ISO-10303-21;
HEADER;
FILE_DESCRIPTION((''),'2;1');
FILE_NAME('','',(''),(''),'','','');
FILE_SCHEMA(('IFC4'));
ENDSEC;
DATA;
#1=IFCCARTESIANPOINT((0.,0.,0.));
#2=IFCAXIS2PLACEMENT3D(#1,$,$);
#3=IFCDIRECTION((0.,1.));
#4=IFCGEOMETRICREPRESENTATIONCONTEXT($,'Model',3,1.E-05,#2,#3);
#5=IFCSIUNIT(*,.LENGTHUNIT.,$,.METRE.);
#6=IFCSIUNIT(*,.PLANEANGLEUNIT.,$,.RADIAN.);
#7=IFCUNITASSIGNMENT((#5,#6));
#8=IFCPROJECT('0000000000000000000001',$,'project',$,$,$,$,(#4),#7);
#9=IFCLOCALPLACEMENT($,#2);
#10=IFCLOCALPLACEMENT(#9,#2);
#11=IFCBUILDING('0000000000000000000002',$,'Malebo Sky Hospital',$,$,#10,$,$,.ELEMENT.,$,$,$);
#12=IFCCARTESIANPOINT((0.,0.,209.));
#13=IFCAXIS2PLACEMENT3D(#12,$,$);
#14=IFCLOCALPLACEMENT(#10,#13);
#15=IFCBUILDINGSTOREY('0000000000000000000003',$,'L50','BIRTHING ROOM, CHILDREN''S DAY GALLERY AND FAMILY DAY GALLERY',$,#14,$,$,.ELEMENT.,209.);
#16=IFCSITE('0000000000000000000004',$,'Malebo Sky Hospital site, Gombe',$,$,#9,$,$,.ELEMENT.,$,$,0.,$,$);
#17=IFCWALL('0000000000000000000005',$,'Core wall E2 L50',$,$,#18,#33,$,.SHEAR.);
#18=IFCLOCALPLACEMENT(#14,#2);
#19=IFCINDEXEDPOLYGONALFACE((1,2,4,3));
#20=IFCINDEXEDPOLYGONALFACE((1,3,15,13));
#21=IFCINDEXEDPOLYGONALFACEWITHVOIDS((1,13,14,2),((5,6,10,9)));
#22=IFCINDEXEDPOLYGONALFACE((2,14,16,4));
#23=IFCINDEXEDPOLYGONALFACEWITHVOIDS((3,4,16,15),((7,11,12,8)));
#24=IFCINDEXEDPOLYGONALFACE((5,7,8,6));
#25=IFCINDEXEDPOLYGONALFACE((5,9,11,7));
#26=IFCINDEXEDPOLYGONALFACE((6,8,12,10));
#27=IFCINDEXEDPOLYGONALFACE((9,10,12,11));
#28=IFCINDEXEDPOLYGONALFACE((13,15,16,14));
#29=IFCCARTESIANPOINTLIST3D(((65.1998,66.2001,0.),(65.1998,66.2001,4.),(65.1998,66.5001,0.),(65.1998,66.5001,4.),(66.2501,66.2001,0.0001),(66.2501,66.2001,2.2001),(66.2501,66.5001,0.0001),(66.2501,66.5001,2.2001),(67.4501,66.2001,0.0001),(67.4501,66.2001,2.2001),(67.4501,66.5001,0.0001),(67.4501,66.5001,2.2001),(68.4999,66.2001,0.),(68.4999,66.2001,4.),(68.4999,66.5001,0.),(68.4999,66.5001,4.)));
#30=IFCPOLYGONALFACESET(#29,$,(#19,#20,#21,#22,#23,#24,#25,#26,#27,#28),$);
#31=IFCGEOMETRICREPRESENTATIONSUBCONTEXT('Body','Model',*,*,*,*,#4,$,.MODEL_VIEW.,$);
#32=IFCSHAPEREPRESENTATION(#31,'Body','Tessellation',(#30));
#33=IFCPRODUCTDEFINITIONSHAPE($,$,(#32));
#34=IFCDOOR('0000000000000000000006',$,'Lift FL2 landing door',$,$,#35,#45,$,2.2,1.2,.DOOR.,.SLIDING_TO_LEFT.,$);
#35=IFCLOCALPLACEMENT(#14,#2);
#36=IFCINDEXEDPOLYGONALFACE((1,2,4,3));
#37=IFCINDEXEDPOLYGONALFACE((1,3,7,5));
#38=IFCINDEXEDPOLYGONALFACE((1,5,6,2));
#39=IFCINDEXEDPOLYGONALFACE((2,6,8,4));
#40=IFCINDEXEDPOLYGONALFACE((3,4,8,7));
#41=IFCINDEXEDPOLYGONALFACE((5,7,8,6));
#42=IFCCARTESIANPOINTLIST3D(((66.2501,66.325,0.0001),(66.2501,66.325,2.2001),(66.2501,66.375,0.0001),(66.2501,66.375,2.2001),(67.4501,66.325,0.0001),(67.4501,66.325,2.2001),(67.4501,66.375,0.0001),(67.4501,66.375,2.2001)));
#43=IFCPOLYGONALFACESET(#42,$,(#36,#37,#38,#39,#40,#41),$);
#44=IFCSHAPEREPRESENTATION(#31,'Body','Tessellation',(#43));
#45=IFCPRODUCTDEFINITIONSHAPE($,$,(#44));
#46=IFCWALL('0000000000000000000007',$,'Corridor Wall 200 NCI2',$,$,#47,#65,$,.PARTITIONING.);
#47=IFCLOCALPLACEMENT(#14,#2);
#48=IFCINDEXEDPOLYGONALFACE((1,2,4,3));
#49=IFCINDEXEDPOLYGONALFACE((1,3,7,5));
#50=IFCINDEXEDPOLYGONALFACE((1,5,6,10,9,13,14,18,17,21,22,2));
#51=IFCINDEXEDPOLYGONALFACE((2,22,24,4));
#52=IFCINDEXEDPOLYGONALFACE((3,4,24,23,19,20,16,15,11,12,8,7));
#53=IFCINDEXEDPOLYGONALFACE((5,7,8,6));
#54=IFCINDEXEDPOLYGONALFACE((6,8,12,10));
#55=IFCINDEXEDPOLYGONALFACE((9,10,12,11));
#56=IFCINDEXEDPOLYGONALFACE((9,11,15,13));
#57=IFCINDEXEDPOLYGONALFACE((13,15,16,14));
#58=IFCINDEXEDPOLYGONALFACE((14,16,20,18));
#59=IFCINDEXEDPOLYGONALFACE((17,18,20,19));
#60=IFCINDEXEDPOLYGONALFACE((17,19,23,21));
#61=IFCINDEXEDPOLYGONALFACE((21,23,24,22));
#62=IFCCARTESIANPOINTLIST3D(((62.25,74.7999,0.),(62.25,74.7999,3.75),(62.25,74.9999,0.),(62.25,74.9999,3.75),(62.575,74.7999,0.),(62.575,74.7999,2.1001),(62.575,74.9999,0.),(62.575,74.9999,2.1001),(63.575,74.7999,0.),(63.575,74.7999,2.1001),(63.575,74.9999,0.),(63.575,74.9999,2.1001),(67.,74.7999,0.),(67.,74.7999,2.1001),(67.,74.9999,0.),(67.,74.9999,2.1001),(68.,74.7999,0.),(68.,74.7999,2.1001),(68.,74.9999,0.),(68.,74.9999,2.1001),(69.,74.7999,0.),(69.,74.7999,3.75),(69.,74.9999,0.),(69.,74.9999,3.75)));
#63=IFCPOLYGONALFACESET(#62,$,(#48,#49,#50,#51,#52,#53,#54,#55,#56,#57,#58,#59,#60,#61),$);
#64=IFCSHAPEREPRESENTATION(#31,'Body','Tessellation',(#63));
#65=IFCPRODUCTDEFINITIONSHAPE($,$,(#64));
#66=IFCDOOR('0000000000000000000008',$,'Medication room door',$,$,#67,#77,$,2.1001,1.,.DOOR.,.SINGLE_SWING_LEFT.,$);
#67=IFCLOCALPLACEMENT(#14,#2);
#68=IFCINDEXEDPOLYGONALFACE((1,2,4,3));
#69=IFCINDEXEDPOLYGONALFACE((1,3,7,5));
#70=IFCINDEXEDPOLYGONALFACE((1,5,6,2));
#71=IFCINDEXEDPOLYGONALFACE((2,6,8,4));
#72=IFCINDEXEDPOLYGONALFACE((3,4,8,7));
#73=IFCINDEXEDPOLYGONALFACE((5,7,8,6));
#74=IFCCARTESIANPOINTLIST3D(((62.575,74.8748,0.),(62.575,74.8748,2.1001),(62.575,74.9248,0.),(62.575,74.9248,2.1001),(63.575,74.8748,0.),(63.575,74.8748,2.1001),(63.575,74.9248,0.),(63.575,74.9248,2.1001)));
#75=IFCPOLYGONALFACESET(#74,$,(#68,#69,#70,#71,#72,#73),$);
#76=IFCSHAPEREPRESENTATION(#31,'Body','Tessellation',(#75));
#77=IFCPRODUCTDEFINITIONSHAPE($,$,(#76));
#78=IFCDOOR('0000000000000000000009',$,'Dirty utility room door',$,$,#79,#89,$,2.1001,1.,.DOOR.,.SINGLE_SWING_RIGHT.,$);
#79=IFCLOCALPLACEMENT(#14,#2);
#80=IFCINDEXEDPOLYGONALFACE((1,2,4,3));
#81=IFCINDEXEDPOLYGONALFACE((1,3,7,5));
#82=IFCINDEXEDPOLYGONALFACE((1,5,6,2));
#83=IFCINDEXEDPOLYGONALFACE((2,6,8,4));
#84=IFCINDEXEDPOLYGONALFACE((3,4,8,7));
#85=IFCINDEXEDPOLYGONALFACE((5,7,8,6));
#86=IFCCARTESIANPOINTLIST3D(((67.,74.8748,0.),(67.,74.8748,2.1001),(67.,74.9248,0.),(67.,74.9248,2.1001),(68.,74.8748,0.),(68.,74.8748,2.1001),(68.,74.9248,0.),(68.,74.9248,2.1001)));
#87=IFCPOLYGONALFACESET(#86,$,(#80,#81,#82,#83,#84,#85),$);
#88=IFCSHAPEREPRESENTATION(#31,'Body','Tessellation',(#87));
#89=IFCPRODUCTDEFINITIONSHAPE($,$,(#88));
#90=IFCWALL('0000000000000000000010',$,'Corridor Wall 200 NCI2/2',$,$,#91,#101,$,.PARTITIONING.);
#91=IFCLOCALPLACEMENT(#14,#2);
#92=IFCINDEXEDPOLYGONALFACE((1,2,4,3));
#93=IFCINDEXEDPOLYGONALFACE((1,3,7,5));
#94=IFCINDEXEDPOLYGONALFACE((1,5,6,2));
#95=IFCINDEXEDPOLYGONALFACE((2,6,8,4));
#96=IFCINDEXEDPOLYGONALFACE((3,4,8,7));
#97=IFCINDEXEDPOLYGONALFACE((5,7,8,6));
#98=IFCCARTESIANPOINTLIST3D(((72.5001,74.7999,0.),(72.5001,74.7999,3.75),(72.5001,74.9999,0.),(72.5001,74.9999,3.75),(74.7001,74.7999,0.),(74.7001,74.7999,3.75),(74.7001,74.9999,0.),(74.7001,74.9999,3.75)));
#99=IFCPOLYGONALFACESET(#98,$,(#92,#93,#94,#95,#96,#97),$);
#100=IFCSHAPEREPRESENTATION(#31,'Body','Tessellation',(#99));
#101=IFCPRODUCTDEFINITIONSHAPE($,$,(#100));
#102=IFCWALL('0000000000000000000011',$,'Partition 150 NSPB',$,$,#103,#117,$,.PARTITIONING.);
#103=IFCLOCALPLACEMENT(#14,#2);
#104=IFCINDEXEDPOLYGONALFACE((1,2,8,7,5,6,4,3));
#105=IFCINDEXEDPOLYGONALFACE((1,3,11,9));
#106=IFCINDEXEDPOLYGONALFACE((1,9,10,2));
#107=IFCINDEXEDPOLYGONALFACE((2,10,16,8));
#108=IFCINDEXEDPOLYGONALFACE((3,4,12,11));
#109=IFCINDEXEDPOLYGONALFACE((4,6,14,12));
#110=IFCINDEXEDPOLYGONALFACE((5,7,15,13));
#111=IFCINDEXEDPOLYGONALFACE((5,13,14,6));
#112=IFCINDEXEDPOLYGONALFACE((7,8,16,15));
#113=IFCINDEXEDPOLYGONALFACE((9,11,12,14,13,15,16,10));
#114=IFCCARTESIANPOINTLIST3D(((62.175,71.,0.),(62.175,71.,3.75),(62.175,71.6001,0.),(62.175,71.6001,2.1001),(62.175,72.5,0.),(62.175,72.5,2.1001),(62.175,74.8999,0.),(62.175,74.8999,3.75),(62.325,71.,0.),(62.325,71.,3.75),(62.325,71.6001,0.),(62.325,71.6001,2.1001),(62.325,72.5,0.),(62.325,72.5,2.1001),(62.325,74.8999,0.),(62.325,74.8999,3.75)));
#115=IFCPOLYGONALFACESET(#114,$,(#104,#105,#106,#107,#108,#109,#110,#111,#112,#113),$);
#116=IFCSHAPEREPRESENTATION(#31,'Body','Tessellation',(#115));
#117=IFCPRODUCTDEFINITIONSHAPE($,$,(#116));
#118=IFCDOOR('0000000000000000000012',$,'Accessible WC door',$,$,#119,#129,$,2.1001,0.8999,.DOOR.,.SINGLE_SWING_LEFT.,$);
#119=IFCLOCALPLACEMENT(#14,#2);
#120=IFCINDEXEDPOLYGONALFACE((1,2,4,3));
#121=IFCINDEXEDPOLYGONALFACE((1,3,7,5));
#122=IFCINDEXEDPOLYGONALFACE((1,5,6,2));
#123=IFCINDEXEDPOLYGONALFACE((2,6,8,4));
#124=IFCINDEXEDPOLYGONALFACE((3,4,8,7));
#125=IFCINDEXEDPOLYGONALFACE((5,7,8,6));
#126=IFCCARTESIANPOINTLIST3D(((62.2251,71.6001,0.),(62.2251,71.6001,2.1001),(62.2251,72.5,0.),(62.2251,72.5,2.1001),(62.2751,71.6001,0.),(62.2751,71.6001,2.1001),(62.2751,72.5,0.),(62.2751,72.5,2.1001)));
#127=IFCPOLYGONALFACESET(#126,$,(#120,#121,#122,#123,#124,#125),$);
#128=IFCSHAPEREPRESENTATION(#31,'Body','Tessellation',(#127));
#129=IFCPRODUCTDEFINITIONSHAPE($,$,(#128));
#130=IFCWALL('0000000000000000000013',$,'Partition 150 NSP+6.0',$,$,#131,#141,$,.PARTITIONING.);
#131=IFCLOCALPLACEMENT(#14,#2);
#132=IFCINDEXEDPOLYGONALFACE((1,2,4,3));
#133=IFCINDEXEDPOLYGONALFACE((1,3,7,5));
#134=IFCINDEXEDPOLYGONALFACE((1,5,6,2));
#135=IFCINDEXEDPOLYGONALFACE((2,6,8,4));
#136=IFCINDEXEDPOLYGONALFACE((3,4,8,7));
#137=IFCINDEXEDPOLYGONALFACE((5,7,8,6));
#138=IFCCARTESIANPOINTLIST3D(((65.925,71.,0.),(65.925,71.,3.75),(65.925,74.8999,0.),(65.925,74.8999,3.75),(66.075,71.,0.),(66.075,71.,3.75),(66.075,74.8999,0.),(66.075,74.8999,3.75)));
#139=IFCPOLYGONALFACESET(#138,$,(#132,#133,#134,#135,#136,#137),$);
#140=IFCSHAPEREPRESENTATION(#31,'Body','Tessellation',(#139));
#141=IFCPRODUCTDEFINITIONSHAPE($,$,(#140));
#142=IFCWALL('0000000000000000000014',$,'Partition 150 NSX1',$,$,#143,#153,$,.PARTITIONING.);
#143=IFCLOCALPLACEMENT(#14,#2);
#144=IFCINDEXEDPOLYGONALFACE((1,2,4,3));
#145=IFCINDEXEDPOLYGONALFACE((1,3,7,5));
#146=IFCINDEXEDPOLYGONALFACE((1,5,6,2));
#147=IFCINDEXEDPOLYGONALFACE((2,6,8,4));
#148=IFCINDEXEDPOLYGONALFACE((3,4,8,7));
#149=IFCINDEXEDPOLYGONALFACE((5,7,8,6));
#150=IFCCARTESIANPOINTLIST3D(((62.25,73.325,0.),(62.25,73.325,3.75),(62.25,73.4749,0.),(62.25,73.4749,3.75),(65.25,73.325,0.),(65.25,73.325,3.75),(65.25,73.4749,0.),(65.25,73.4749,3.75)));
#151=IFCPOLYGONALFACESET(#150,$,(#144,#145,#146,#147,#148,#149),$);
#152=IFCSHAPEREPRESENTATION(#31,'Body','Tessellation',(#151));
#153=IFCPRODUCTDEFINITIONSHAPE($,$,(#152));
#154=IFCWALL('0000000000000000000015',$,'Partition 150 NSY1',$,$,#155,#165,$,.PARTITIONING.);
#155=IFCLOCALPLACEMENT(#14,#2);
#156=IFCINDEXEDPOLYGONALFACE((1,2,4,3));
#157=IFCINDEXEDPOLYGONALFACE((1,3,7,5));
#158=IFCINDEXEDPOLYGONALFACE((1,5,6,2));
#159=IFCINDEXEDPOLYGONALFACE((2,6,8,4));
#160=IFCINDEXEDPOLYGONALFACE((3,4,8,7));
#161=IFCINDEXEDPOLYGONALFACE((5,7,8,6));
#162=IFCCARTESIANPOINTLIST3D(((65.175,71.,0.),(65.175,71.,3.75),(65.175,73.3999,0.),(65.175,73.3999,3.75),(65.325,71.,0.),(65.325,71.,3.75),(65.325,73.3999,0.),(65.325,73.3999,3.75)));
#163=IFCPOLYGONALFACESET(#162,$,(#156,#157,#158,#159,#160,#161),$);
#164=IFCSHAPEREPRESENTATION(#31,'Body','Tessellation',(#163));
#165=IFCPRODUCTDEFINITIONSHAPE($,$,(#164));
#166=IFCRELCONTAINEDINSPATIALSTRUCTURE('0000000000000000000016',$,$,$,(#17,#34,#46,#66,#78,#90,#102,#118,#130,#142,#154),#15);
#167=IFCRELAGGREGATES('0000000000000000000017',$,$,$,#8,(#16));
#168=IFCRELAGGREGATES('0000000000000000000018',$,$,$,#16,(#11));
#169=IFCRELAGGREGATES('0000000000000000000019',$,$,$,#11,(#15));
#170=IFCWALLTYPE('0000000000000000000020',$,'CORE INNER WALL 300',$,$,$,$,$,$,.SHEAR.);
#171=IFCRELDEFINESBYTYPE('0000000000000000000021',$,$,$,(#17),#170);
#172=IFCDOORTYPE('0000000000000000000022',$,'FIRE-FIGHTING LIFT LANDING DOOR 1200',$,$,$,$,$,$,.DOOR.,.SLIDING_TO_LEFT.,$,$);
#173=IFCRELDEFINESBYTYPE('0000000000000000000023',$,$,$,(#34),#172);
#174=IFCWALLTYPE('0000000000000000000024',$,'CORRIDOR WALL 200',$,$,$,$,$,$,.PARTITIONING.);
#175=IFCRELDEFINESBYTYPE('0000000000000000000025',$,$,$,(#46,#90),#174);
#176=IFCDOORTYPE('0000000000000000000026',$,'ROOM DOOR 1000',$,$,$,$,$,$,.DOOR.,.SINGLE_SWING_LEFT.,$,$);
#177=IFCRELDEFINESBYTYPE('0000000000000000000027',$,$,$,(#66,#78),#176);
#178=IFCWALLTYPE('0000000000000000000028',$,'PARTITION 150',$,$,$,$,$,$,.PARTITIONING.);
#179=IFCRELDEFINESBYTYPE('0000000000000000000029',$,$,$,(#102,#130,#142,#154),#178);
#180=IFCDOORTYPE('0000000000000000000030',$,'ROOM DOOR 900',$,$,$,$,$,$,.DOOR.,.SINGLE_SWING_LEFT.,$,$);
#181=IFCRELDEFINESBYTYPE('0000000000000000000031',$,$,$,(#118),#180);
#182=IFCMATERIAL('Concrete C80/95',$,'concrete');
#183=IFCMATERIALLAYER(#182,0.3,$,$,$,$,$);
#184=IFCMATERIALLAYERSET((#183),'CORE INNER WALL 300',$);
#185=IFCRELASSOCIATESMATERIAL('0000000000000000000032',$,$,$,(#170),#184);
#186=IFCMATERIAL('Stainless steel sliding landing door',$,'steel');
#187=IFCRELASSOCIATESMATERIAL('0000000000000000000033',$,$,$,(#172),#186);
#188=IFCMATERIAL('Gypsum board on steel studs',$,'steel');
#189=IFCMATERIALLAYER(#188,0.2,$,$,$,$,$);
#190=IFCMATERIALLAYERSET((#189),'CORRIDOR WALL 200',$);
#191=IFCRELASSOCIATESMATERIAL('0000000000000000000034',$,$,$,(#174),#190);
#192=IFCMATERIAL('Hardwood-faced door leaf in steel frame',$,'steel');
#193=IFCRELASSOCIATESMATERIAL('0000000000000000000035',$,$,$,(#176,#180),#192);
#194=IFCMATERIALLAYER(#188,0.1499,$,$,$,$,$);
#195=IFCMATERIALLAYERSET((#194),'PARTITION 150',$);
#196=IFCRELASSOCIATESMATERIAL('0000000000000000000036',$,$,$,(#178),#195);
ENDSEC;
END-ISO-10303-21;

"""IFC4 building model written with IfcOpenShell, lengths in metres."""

from ifc_helpers import new_model, si_unit, direction, frame, frame_2d, origin, place, context, subcontext, project, spatial, rectangle, extrude, material, layer, layer_set, type_object, element, fill, save


model = new_model("IFC4")

# Units and contexts
model_context = context("Model", 3, precision=1e-05, world=origin(), true_north=direction((0.0, 1.0)))
body_context = subcontext(model_context, "Body", "Model", "MODEL_VIEW")
ifc_project = project(units=[si_unit("LENGTHUNIT", "METRE"), si_unit("PLANEANGLEUNIT", "RADIAN")], contexts=[model_context])

# Site, building, storey
site_placement = place(None, origin())
site = spatial("IfcSite", under=ifc_project, at=site_placement, Name="Malebo Sky Hospital site, Gombe", CompositionType="ELEMENT", RefElevation=0.0)
building_placement = place(site_placement, origin())
building = spatial("IfcBuilding", under=site, at=building_placement, Name="Malebo Sky Hospital", CompositionType="ELEMENT")
storey_placement = place(building_placement, frame((0.0, 0.0, 209.0)))
storey = spatial("IfcBuildingStorey", under=building, at=storey_placement, Name="L50", Description="BIRTHING ROOM, CHILDREN'S DAY GALLERY AND FAMILY DAY GALLERY", CompositionType="ELEMENT", Elevation=209.0)

# Shared definitions
ifc_material_1 = material(Name="Concrete C80/95", Category="concrete")

# Wall, opening, door
ifc_layer_1 = layer(ifc_material_1, 0.3)
ifc_layer_set_1 = layer_set([ifc_layer_1], Name="CORE INNER WALL 300")
wall_type_1 = type_object("IfcWallType", Name="CORE INNER WALL 300", PredefinedType="SHEAR", material=ifc_layer_set_1)
ifc_material_2 = material(Name="Hardwood-faced door leaf in steel frame", Category="steel")
wall_1_placement = place(storey_placement, frame((65.2, 66.3501, 0.0), z_axis=(0.0, 0.0, 1.0), x_axis=(1.0, 0.0, 0.0)))
wall_1 = element("IfcWall", 1, at=wall_1_placement, inside=storey, type_object=wall_type_1, Name="Core wall E2 L50", PredefinedType="SHEAR", context=body_context, shape_type="SweptSolid", body=[
    extrude(rectangle(XDim=3.3, YDim=0.3, at=frame_2d((1.6499, 0.0))), origin(), (0.0, 0.0, 1.0), 4.0),
])
opening_1_placement = place(wall_1_placement, frame((1.05, 0.0, 0.0)))
opening_1 = element("IfcOpeningElement", 2, at=opening_1_placement, cuts=wall_1, PredefinedType="OPENING", context=body_context, shape_type="SweptSolid", body=[
    extrude(rectangle(XDim=1.2, YDim=2.2, at=frame_2d((0.6001, 1.1001))), frame((0.0, 0.1599, 0.0), z_axis=(0.0, -1.0, 0.0), x_axis=(1.0, 0.0, 0.0)), (0.0, 0.0, 1.0), 0.3201),
])
ifc_material_3 = material(Name="Stainless steel sliding landing door", Category="steel")
door_type_1 = type_object("IfcDoorType", Name="FIRE-FIGHTING LIFT LANDING DOOR 1200", OperationType="SLIDING_TO_LEFT", PredefinedType="DOOR", material=ifc_material_3)
door_1_placement = place(opening_1_placement, origin())
door_1 = element("IfcDoor", 3, at=door_1_placement, inside=storey, type_object=door_type_1, Name="Lift FL2 landing door", OperationType="SLIDING_TO_LEFT", OverallHeight=2.2, OverallWidth=1.2, PredefinedType="DOOR", context=body_context, shape_type="SweptSolid", body=[
    extrude(rectangle(XDim=1.2, YDim=2.2, at=frame_2d((0.6001, 1.1001))), frame((0.0, 0.0249, 0.0), z_axis=(0.0, -1.0, 0.0), x_axis=(1.0, 0.0, 0.0)), (0.0, 0.0, 1.0), 0.05),
])
fill(opening_1, door_1)

# Wall, openings, doors
ifc_material_4 = material(Name="Gypsum board on steel studs", Category="steel")
ifc_layer_2 = layer(ifc_material_4, 0.2)
ifc_layer_set_2 = layer_set([ifc_layer_2], Name="CORRIDOR WALL 200")
wall_type_2 = type_object("IfcWallType", Name="CORRIDOR WALL 200", PredefinedType="PARTITIONING", material=ifc_layer_set_2)
wall_2_placement = place(storey_placement, frame((62.25, 74.8999, 0.0), z_axis=(0.0, 0.0, 1.0), x_axis=(1.0, 0.0, 0.0)))
wall_2 = element("IfcWall", 4, at=wall_2_placement, inside=storey, type_object=wall_type_2, Name="Corridor Wall 200 NCI2", PredefinedType="PARTITIONING", context=body_context, shape_type="SweptSolid", body=[
    extrude(rectangle(XDim=6.75, YDim=0.2, at=frame_2d((3.375, 0.0))), origin(), (0.0, 0.0, 1.0), 3.75),
])
opening_2_placement = place(wall_2_placement, frame((0.325, 0.0, 0.0)))
opening_2 = element("IfcOpeningElement", 5, at=opening_2_placement, cuts=wall_2, PredefinedType="OPENING", context=body_context, shape_type="SweptSolid", body=[
    extrude(rectangle(XDim=1.0, YDim=2.1001, at=frame_2d((0.5, 1.05))), frame((0.0, 0.1099, 0.0), z_axis=(0.0, -1.0, 0.0), x_axis=(1.0, 0.0, 0.0)), (0.0, 0.0, 1.0), 0.22),
])
opening_3_placement = place(wall_2_placement, frame((4.75, 0.0, 0.0)))
opening_3 = element("IfcOpeningElement", 6, at=opening_3_placement, cuts=wall_2, PredefinedType="OPENING", context=body_context, shape_type="SweptSolid", body=[
    extrude(rectangle(XDim=1.0, YDim=2.1001, at=frame_2d((0.5, 1.05))), frame((0.0, 0.1099, 0.0), z_axis=(0.0, -1.0, 0.0), x_axis=(1.0, 0.0, 0.0)), (0.0, 0.0, 1.0), 0.22),
])
door_type_2 = type_object("IfcDoorType", Name="ROOM DOOR 1000", OperationType="SINGLE_SWING_LEFT", PredefinedType="DOOR", material=ifc_material_2)
door_2_placement = place(opening_2_placement, origin())
door_2 = element("IfcDoor", 7, at=door_2_placement, inside=storey, type_object=door_type_2, Name="Medication room door", OperationType="SINGLE_SWING_LEFT", OverallHeight=2.1001, OverallWidth=1.0, PredefinedType="DOOR", context=body_context, shape_type="SweptSolid", body=[
    extrude(rectangle(XDim=1.0, YDim=2.1001, at=frame_2d((0.5, 1.05))), frame((0.0, 0.0249, 0.0), z_axis=(0.0, -1.0, 0.0), x_axis=(1.0, 0.0, 0.0)), (0.0, 0.0, 1.0), 0.05),
])
fill(opening_2, door_2)
door_3_placement = place(opening_3_placement, origin())
door_3 = element("IfcDoor", 8, at=door_3_placement, inside=storey, type_object=door_type_2, Name="Dirty utility room door", OperationType="SINGLE_SWING_RIGHT", OverallHeight=2.1001, OverallWidth=1.0, PredefinedType="DOOR", context=body_context, shape_type="SweptSolid", body=[
    extrude(rectangle(XDim=1.0, YDim=2.1001, at=frame_2d((0.5, 1.05))), frame((0.0, 0.0249, 0.0), z_axis=(0.0, -1.0, 0.0), x_axis=(1.0, 0.0, 0.0)), (0.0, 0.0, 1.0), 0.05),
])
fill(opening_3, door_3)

# Wall
wall_3_placement = place(storey_placement, frame((72.5, 74.8999, 0.0), z_axis=(0.0, 0.0, 1.0), x_axis=(1.0, 0.0, 0.0)))
element("IfcWall", 9, at=wall_3_placement, inside=storey, type_object=wall_type_2, Name="Corridor Wall 200 NCI2/2", PredefinedType="PARTITIONING", context=body_context, shape_type="SweptSolid", body=[
    extrude(rectangle(XDim=2.2, YDim=0.2, at=frame_2d((1.1001, 0.0))), origin(), (0.0, 0.0, 1.0), 3.75),
])

# Wall, opening, door
ifc_layer_3 = layer(ifc_material_4, 0.1499)
ifc_layer_set_3 = layer_set([ifc_layer_3], Name="PARTITION 150")
wall_type_3 = type_object("IfcWallType", Name="PARTITION 150", PredefinedType="PARTITIONING", material=ifc_layer_set_3)
wall_4_placement = place(storey_placement, frame((62.25, 71.0, 0.0), z_axis=(0.0, 0.0, 1.0), x_axis=(0.0, 1.0, 0.0)))
wall_4 = element("IfcWall", 10, at=wall_4_placement, inside=storey, type_object=wall_type_3, Name="Partition 150 NSPB", PredefinedType="PARTITIONING", context=body_context, shape_type="SweptSolid", body=[
    extrude(rectangle(XDim=3.8999, YDim=0.1499, at=frame_2d((1.95, 0.0))), origin(), (0.0, 0.0, 1.0), 3.75),
])
opening_4_placement = place(wall_4_placement, frame((0.6001, 0.0, 0.0)))
opening_4 = element("IfcOpeningElement", 11, at=opening_4_placement, cuts=wall_4, PredefinedType="OPENING", context=body_context, shape_type="SweptSolid", body=[
    extrude(rectangle(XDim=0.8999, YDim=2.1001, at=frame_2d((0.45, 1.05))), frame((0.0, 0.085, 0.0), z_axis=(0.0, -1.0, 0.0), x_axis=(1.0, 0.0, 0.0)), (0.0, 0.0, 1.0), 0.1699),
])
door_type_3 = type_object("IfcDoorType", Name="ROOM DOOR 900", OperationType="SINGLE_SWING_LEFT", PredefinedType="DOOR", material=ifc_material_2)
door_4_placement = place(opening_4_placement, origin())
door_4 = element("IfcDoor", 12, at=door_4_placement, inside=storey, type_object=door_type_3, Name="Accessible WC door", OperationType="SINGLE_SWING_LEFT", OverallHeight=2.1001, OverallWidth=0.8999, PredefinedType="DOOR", context=body_context, shape_type="SweptSolid", body=[
    extrude(rectangle(XDim=0.8999, YDim=2.1001, at=frame_2d((0.45, 1.05))), frame((0.0, 0.0249, 0.0), z_axis=(0.0, -1.0, 0.0), x_axis=(1.0, 0.0, 0.0)), (0.0, 0.0, 1.0), 0.05),
])
fill(opening_4, door_4)

# Walls
wall_5_placement = place(storey_placement, frame((66.0, 71.0, 0.0), z_axis=(0.0, 0.0, 1.0), x_axis=(0.0, 1.0, 0.0)))
element("IfcWall", 13, at=wall_5_placement, inside=storey, type_object=wall_type_3, Name="Partition 150 NSP+6.0", PredefinedType="PARTITIONING", context=body_context, shape_type="SweptSolid", body=[
    extrude(rectangle(XDim=3.8999, YDim=0.1499, at=frame_2d((1.95, 0.0))), origin(), (0.0, 0.0, 1.0), 3.75),
])
wall_6_placement = place(storey_placement, frame((62.25, 73.3999, 0.0), z_axis=(0.0, 0.0, 1.0), x_axis=(1.0, 0.0, 0.0)))
element("IfcWall", 14, at=wall_6_placement, inside=storey, type_object=wall_type_3, Name="Partition 150 NSX1", PredefinedType="PARTITIONING", context=body_context, shape_type="SweptSolid", body=[
    extrude(rectangle(XDim=3.0, YDim=0.1499, at=frame_2d((1.5, 0.0))), origin(), (0.0, 0.0, 1.0), 3.75),
])
wall_7_placement = place(storey_placement, frame((65.25, 71.0, 0.0), z_axis=(0.0, 0.0, 1.0), x_axis=(0.0, 1.0, 0.0)))
element("IfcWall", 15, at=wall_7_placement, inside=storey, type_object=wall_type_3, Name="Partition 150 NSY1", PredefinedType="PARTITIONING", context=body_context, shape_type="SweptSolid", body=[
    extrude(rectangle(XDim=2.3999, YDim=0.1499, at=frame_2d((1.2, 0.0))), origin(), (0.0, 0.0, 1.0), 3.75),
])

save(model, "model.ifc")
